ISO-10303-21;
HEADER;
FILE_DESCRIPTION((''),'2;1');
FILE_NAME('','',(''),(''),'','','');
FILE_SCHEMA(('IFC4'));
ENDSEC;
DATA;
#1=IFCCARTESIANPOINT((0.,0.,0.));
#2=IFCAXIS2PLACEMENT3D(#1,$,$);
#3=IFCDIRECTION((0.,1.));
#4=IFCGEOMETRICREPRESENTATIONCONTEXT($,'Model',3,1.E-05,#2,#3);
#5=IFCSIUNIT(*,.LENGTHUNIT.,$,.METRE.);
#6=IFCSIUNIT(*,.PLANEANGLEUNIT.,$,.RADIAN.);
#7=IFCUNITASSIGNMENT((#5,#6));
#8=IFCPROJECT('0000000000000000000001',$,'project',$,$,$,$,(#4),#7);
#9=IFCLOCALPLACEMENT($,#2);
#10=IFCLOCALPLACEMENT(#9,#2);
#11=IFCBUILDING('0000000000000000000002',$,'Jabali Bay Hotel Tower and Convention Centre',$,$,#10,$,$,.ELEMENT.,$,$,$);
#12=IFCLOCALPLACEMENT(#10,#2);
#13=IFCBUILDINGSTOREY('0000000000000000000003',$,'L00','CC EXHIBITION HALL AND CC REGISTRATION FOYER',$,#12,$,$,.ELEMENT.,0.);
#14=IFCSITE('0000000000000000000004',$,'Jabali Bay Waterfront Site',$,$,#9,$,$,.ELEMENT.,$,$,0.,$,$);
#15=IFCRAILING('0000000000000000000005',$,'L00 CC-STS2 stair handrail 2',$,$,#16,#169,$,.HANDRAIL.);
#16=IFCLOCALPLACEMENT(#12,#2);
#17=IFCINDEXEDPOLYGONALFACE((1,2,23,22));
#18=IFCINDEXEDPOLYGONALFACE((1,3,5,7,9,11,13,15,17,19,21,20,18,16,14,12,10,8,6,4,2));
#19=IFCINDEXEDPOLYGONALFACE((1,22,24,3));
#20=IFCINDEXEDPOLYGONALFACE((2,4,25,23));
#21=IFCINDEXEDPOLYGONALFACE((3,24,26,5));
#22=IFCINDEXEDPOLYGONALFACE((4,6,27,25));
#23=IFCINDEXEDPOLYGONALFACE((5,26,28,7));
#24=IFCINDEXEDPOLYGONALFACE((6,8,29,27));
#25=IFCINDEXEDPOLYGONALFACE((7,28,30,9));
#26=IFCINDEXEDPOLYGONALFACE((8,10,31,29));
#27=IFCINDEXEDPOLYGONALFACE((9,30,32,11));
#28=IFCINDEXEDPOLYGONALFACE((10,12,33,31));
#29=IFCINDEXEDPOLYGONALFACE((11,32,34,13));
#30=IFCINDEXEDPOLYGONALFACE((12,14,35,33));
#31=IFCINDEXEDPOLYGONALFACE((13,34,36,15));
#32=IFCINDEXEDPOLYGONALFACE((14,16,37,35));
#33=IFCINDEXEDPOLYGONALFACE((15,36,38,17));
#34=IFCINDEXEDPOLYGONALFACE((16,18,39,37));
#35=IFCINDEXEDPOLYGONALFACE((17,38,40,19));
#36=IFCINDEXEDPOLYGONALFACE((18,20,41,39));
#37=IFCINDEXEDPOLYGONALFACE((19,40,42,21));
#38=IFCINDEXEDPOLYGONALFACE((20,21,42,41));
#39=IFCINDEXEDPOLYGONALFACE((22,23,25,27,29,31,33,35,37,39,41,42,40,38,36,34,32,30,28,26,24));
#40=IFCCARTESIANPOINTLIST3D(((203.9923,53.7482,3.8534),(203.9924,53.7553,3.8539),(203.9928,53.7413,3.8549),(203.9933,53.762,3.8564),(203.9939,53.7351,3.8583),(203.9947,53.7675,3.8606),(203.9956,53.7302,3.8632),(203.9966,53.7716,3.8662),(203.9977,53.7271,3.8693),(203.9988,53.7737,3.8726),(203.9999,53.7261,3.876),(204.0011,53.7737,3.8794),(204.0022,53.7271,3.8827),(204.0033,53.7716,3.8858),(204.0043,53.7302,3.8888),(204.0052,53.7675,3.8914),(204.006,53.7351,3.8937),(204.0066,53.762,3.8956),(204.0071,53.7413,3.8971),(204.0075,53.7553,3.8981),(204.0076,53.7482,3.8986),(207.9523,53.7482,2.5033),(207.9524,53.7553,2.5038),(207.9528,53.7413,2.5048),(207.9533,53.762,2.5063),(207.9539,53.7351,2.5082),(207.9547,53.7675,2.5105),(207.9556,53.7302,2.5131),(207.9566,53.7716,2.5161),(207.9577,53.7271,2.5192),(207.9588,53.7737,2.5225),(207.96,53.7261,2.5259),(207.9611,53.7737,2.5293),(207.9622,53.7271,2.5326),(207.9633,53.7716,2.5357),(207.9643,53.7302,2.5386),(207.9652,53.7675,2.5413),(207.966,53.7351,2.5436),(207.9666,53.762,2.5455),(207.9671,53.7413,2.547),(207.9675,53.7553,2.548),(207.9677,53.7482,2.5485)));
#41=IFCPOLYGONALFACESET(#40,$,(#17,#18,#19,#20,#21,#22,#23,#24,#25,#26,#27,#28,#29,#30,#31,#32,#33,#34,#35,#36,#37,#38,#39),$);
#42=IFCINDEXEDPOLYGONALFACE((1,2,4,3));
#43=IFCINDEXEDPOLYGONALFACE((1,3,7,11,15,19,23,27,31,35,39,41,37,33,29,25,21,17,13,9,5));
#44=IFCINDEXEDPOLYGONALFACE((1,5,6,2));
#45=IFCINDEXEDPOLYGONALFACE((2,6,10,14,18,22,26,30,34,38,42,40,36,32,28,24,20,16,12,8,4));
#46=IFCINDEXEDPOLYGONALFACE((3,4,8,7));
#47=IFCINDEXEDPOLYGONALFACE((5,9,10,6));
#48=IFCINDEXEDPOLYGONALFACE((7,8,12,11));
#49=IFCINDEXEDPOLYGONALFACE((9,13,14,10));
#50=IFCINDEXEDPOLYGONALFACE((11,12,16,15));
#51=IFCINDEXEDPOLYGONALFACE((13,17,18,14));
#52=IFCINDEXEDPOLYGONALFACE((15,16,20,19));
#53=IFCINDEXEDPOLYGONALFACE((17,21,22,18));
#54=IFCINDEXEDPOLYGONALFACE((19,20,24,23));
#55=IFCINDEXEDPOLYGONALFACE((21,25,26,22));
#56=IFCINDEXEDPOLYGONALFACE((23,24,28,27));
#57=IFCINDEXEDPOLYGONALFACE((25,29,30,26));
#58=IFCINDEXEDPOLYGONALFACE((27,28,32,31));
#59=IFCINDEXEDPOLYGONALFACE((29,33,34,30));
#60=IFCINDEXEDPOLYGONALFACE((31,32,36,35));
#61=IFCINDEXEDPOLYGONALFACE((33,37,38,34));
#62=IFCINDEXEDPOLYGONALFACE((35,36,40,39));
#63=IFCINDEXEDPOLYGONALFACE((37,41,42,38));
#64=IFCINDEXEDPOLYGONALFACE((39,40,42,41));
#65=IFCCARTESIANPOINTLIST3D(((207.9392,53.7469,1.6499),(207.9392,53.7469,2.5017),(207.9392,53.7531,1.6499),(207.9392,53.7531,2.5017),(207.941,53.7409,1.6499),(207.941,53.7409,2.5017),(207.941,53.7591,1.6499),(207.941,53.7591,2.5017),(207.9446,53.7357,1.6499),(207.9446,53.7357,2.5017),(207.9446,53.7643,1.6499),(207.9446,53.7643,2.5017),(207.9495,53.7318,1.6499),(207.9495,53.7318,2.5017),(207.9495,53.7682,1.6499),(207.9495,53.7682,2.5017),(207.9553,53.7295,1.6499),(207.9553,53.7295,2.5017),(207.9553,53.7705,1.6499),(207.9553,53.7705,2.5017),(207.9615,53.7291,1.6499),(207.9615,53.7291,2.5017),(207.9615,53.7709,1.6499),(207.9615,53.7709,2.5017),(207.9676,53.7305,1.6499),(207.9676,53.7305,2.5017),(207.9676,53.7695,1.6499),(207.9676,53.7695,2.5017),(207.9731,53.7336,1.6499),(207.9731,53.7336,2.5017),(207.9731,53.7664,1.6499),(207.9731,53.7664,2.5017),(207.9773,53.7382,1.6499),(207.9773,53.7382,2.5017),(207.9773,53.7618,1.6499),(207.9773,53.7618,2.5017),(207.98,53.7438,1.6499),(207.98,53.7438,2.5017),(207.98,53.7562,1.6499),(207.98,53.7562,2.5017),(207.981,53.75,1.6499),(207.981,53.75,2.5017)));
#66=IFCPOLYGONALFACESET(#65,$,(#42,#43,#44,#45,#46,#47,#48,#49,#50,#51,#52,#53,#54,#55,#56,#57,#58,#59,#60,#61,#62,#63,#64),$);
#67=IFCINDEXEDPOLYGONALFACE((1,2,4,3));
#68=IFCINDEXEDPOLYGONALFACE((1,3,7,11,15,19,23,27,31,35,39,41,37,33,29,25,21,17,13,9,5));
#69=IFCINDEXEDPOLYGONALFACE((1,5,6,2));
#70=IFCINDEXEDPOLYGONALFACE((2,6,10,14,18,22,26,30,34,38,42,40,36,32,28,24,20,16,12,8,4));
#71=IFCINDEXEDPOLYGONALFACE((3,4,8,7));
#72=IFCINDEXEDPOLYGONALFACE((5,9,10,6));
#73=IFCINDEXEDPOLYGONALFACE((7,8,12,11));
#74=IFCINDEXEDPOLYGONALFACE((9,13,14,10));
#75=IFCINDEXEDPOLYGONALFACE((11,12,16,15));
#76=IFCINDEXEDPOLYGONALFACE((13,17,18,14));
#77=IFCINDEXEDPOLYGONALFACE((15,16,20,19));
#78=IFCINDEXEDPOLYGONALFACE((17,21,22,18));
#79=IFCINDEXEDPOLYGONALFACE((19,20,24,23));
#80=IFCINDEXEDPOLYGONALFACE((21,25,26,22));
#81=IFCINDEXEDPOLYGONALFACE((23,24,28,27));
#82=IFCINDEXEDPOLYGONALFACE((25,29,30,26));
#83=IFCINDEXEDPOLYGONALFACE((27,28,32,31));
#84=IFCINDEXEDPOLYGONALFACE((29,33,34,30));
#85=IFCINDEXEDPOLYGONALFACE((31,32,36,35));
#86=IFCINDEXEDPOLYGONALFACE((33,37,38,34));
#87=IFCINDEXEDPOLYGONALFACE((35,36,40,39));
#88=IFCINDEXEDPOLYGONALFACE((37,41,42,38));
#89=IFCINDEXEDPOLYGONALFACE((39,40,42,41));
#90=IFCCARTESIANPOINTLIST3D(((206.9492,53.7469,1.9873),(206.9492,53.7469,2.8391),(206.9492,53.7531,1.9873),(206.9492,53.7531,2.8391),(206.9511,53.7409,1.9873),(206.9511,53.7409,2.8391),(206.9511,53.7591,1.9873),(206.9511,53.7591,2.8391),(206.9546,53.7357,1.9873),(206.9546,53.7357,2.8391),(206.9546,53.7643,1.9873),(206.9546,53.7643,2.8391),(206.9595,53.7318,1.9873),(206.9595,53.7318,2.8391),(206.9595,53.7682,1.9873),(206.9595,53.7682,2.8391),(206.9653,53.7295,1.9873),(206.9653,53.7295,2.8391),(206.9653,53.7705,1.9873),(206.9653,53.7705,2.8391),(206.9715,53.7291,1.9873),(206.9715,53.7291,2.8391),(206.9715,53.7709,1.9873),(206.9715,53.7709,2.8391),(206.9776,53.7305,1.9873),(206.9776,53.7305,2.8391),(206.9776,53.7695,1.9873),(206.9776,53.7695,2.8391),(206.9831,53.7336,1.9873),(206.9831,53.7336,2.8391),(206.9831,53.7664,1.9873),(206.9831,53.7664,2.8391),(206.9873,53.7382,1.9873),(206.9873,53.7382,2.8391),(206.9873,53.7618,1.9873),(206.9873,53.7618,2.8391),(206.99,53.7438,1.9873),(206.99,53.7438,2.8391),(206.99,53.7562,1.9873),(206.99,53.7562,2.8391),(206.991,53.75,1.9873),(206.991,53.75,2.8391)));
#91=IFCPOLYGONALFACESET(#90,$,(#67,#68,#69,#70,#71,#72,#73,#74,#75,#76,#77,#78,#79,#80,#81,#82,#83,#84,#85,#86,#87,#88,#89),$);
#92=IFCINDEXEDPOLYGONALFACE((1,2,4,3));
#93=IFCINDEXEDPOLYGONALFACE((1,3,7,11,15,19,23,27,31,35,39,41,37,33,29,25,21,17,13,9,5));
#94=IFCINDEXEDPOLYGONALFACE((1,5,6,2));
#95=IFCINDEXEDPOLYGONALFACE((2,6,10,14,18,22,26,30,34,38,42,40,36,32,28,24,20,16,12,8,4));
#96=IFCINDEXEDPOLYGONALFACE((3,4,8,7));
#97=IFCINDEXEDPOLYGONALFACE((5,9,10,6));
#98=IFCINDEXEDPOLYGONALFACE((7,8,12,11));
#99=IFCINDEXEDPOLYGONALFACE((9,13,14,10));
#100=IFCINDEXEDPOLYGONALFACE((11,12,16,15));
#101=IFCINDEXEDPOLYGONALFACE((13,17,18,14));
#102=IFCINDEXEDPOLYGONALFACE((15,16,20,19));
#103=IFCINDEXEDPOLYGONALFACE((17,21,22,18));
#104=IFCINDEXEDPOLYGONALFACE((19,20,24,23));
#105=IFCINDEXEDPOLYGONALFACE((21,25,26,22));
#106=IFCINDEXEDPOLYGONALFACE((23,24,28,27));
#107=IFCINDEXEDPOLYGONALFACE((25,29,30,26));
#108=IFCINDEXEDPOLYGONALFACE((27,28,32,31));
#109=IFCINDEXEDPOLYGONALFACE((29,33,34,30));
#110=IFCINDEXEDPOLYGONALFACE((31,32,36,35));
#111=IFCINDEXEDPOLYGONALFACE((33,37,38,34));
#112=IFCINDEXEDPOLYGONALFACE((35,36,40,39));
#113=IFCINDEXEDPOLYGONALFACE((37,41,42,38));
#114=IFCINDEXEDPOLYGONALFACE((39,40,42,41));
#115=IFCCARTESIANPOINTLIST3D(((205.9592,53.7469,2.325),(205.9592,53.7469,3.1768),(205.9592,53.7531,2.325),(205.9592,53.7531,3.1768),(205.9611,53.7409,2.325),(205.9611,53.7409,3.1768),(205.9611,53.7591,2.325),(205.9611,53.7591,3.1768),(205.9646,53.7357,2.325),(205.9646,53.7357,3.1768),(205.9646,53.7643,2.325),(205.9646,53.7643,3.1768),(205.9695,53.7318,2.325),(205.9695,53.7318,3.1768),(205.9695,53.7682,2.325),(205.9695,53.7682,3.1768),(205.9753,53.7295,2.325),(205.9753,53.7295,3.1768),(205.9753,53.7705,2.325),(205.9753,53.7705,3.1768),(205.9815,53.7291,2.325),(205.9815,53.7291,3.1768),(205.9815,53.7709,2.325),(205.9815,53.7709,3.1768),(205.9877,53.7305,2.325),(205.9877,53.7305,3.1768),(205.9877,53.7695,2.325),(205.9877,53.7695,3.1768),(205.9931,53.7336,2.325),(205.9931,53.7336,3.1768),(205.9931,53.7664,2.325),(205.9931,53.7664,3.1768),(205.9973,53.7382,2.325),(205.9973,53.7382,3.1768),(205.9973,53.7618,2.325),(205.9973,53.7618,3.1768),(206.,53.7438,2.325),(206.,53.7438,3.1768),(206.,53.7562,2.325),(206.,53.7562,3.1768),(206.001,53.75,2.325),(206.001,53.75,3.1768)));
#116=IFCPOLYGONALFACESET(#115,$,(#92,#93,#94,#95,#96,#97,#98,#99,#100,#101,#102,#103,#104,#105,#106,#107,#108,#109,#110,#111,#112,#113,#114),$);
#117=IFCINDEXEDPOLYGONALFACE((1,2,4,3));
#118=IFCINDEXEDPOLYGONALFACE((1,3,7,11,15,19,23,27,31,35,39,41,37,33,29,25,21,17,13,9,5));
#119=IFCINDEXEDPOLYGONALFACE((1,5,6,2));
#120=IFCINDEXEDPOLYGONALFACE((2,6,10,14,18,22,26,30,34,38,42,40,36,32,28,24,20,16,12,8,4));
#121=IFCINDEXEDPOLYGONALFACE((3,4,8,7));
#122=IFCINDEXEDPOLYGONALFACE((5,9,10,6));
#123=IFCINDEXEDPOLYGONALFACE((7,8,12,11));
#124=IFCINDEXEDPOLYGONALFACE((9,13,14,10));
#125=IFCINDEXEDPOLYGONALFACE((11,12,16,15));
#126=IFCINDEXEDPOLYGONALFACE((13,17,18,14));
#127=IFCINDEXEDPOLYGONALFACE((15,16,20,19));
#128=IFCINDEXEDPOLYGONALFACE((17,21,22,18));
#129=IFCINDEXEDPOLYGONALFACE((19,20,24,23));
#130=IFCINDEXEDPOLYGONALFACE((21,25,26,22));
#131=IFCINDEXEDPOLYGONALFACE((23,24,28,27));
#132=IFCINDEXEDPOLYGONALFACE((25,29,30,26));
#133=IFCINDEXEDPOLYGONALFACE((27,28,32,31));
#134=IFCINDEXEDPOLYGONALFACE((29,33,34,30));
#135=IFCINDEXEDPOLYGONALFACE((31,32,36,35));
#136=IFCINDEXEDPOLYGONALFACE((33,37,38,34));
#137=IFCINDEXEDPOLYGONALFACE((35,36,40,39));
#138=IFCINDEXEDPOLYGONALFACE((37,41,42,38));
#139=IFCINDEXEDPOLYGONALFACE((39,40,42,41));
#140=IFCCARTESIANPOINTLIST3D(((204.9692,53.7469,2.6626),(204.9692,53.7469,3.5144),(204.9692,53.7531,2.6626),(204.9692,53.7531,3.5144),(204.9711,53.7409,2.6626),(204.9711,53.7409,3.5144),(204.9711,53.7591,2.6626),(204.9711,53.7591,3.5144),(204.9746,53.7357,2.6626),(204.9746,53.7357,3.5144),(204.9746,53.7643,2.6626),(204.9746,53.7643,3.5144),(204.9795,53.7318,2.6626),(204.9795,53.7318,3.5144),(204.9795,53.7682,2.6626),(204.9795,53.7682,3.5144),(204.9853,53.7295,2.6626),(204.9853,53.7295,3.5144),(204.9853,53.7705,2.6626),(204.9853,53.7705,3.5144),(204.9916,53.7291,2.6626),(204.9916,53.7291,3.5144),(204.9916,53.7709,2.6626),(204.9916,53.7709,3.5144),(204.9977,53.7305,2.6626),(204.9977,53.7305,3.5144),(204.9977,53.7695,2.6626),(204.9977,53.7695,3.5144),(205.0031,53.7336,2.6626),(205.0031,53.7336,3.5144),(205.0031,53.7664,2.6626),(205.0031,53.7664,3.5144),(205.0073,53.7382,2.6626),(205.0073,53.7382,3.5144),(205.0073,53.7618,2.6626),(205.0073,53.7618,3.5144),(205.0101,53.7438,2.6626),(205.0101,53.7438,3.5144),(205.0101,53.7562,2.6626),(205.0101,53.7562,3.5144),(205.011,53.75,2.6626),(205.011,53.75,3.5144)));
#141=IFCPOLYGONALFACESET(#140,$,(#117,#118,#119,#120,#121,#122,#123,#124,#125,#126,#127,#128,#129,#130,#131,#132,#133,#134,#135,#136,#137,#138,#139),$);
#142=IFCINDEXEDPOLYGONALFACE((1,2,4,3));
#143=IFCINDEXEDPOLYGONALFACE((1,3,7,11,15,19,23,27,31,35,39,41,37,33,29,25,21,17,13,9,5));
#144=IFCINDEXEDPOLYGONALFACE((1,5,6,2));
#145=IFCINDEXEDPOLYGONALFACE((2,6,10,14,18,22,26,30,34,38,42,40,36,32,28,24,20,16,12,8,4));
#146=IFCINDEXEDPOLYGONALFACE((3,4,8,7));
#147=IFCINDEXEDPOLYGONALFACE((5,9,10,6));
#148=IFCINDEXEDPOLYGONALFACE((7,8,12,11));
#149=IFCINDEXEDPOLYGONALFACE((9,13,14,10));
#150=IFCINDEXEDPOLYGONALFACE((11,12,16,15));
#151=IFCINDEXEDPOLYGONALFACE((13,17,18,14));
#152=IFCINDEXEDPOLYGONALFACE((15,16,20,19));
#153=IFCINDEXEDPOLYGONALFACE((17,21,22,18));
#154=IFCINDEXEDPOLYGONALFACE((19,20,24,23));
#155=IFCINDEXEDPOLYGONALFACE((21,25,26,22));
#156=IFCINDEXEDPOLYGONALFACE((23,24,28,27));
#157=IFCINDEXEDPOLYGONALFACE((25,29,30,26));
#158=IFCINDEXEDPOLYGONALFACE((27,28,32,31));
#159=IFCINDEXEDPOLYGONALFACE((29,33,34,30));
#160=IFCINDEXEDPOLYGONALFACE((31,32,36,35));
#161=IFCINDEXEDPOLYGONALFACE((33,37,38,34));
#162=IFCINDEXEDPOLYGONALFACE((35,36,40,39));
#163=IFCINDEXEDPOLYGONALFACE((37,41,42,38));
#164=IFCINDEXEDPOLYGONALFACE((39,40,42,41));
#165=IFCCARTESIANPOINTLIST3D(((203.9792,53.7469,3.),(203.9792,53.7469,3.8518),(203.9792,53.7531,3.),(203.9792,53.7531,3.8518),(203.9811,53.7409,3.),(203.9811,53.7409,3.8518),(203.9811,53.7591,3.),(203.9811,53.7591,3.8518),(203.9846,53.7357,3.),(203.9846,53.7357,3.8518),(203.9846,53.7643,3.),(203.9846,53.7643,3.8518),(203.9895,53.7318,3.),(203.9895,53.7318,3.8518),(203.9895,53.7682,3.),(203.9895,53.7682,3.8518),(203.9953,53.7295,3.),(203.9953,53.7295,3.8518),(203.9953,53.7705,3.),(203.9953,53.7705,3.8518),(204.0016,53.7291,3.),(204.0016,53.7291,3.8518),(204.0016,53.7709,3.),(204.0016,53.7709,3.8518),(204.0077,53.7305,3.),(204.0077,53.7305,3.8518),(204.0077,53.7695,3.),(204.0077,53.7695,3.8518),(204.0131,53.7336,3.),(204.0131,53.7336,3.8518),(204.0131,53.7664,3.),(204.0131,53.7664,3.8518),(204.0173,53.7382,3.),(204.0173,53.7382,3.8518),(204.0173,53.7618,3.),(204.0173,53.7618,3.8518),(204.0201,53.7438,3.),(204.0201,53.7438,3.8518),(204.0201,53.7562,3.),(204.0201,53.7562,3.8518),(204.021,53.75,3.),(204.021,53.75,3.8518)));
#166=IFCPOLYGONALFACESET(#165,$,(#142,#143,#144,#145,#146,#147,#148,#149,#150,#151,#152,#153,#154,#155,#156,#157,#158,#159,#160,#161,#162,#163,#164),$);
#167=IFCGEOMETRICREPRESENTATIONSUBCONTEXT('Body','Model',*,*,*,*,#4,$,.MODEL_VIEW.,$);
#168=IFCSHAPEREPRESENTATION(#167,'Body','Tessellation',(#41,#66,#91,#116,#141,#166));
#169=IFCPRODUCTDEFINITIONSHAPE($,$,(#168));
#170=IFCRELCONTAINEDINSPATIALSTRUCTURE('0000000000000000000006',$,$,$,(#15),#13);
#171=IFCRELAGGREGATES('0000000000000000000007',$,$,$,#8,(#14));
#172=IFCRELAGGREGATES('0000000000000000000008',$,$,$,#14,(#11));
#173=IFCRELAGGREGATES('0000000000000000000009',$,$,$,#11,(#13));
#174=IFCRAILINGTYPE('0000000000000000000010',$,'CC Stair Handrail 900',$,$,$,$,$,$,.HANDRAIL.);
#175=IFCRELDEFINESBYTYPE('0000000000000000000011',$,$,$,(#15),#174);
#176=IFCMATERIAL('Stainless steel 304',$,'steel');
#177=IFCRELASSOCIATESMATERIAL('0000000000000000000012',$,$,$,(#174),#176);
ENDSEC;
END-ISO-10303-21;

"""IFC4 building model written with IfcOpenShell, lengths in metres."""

from ifc_helpers import new_model, si_unit, direction, frame, origin, origin_2d, place, context, subcontext, project, spatial, circle, extrude, material, type_object, element, save


model = new_model("IFC4")

# Units and contexts
model_context = context("Model", 3, precision=1e-05, world=origin(), true_north=direction((0.0, 1.0)))
body_context = subcontext(model_context, "Body", "Model", "MODEL_VIEW")
ifc_project = project(units=[si_unit("LENGTHUNIT", "METRE"), si_unit("PLANEANGLEUNIT", "RADIAN")], contexts=[model_context])

# Site, building, storey
site_placement = place(None, origin())
site = spatial("IfcSite", under=ifc_project, at=site_placement, Name="Jabali Bay Waterfront Site", CompositionType="ELEMENT", RefElevation=0.0)
building_placement = place(site_placement, origin())
building = spatial("IfcBuilding", under=site, at=building_placement, Name="Jabali Bay Hotel Tower and Convention Centre", CompositionType="ELEMENT")
storey_placement = place(building_placement, origin())
storey = spatial("IfcBuildingStorey", under=building, at=storey_placement, Name="L00", Description="CC EXHIBITION HALL AND CC REGISTRATION FOYER", CompositionType="ELEMENT", Elevation=0.0)

# Railing
ifc_material_1 = material(Name="Stainless steel 304", Category="steel")
railing_type_1 = type_object("IfcRailingType", Name="CC Stair Handrail 900", PredefinedType="HANDRAIL", material=ifc_material_1)
railing_1_placement = place(storey_placement, frame((207.96, 53.75, 1.6499)))
element("IfcRailing", 1, at=railing_1_placement, inside=storey, type_object=railing_type_1, Name="L00 CC-STS2 stair handrail 2", PredefinedType="HANDRAIL", context=body_context, shape_type="SweptSolid", body=[
    extrude(circle(Radius=0.0239, at=origin_2d()), frame((0.0, 0.0, 0.876), z_axis=(-0.946502, 0.0, 0.322698), x_axis=(0.0, -1.0, 0.0)), (0.0, 0.0, 1.0), 4.1838),
    extrude(circle(Radius=0.021, at=origin_2d()), origin(), (0.0, 0.0, 1.0), 0.8518),
    extrude(circle(Radius=0.021, at=origin_2d()), frame((-0.99, 0.0, 0.3374)), (0.0, 0.0, 1.0), 0.8518),
    extrude(circle(Radius=0.021, at=origin_2d()), frame((-1.98, 0.0, 0.675)), (0.0, 0.0, 1.0), 0.8518),
    extrude(circle(Radius=0.021, at=origin_2d()), frame((-2.97, 0.0, 1.0127)), (0.0, 0.0, 1.0), 0.8518),
    extrude(circle(Radius=0.021, at=origin_2d()), frame((-3.96, 0.0, 1.3501)), (0.0, 0.0, 1.0), 0.8518),
])

save(model, "model.ifc")
